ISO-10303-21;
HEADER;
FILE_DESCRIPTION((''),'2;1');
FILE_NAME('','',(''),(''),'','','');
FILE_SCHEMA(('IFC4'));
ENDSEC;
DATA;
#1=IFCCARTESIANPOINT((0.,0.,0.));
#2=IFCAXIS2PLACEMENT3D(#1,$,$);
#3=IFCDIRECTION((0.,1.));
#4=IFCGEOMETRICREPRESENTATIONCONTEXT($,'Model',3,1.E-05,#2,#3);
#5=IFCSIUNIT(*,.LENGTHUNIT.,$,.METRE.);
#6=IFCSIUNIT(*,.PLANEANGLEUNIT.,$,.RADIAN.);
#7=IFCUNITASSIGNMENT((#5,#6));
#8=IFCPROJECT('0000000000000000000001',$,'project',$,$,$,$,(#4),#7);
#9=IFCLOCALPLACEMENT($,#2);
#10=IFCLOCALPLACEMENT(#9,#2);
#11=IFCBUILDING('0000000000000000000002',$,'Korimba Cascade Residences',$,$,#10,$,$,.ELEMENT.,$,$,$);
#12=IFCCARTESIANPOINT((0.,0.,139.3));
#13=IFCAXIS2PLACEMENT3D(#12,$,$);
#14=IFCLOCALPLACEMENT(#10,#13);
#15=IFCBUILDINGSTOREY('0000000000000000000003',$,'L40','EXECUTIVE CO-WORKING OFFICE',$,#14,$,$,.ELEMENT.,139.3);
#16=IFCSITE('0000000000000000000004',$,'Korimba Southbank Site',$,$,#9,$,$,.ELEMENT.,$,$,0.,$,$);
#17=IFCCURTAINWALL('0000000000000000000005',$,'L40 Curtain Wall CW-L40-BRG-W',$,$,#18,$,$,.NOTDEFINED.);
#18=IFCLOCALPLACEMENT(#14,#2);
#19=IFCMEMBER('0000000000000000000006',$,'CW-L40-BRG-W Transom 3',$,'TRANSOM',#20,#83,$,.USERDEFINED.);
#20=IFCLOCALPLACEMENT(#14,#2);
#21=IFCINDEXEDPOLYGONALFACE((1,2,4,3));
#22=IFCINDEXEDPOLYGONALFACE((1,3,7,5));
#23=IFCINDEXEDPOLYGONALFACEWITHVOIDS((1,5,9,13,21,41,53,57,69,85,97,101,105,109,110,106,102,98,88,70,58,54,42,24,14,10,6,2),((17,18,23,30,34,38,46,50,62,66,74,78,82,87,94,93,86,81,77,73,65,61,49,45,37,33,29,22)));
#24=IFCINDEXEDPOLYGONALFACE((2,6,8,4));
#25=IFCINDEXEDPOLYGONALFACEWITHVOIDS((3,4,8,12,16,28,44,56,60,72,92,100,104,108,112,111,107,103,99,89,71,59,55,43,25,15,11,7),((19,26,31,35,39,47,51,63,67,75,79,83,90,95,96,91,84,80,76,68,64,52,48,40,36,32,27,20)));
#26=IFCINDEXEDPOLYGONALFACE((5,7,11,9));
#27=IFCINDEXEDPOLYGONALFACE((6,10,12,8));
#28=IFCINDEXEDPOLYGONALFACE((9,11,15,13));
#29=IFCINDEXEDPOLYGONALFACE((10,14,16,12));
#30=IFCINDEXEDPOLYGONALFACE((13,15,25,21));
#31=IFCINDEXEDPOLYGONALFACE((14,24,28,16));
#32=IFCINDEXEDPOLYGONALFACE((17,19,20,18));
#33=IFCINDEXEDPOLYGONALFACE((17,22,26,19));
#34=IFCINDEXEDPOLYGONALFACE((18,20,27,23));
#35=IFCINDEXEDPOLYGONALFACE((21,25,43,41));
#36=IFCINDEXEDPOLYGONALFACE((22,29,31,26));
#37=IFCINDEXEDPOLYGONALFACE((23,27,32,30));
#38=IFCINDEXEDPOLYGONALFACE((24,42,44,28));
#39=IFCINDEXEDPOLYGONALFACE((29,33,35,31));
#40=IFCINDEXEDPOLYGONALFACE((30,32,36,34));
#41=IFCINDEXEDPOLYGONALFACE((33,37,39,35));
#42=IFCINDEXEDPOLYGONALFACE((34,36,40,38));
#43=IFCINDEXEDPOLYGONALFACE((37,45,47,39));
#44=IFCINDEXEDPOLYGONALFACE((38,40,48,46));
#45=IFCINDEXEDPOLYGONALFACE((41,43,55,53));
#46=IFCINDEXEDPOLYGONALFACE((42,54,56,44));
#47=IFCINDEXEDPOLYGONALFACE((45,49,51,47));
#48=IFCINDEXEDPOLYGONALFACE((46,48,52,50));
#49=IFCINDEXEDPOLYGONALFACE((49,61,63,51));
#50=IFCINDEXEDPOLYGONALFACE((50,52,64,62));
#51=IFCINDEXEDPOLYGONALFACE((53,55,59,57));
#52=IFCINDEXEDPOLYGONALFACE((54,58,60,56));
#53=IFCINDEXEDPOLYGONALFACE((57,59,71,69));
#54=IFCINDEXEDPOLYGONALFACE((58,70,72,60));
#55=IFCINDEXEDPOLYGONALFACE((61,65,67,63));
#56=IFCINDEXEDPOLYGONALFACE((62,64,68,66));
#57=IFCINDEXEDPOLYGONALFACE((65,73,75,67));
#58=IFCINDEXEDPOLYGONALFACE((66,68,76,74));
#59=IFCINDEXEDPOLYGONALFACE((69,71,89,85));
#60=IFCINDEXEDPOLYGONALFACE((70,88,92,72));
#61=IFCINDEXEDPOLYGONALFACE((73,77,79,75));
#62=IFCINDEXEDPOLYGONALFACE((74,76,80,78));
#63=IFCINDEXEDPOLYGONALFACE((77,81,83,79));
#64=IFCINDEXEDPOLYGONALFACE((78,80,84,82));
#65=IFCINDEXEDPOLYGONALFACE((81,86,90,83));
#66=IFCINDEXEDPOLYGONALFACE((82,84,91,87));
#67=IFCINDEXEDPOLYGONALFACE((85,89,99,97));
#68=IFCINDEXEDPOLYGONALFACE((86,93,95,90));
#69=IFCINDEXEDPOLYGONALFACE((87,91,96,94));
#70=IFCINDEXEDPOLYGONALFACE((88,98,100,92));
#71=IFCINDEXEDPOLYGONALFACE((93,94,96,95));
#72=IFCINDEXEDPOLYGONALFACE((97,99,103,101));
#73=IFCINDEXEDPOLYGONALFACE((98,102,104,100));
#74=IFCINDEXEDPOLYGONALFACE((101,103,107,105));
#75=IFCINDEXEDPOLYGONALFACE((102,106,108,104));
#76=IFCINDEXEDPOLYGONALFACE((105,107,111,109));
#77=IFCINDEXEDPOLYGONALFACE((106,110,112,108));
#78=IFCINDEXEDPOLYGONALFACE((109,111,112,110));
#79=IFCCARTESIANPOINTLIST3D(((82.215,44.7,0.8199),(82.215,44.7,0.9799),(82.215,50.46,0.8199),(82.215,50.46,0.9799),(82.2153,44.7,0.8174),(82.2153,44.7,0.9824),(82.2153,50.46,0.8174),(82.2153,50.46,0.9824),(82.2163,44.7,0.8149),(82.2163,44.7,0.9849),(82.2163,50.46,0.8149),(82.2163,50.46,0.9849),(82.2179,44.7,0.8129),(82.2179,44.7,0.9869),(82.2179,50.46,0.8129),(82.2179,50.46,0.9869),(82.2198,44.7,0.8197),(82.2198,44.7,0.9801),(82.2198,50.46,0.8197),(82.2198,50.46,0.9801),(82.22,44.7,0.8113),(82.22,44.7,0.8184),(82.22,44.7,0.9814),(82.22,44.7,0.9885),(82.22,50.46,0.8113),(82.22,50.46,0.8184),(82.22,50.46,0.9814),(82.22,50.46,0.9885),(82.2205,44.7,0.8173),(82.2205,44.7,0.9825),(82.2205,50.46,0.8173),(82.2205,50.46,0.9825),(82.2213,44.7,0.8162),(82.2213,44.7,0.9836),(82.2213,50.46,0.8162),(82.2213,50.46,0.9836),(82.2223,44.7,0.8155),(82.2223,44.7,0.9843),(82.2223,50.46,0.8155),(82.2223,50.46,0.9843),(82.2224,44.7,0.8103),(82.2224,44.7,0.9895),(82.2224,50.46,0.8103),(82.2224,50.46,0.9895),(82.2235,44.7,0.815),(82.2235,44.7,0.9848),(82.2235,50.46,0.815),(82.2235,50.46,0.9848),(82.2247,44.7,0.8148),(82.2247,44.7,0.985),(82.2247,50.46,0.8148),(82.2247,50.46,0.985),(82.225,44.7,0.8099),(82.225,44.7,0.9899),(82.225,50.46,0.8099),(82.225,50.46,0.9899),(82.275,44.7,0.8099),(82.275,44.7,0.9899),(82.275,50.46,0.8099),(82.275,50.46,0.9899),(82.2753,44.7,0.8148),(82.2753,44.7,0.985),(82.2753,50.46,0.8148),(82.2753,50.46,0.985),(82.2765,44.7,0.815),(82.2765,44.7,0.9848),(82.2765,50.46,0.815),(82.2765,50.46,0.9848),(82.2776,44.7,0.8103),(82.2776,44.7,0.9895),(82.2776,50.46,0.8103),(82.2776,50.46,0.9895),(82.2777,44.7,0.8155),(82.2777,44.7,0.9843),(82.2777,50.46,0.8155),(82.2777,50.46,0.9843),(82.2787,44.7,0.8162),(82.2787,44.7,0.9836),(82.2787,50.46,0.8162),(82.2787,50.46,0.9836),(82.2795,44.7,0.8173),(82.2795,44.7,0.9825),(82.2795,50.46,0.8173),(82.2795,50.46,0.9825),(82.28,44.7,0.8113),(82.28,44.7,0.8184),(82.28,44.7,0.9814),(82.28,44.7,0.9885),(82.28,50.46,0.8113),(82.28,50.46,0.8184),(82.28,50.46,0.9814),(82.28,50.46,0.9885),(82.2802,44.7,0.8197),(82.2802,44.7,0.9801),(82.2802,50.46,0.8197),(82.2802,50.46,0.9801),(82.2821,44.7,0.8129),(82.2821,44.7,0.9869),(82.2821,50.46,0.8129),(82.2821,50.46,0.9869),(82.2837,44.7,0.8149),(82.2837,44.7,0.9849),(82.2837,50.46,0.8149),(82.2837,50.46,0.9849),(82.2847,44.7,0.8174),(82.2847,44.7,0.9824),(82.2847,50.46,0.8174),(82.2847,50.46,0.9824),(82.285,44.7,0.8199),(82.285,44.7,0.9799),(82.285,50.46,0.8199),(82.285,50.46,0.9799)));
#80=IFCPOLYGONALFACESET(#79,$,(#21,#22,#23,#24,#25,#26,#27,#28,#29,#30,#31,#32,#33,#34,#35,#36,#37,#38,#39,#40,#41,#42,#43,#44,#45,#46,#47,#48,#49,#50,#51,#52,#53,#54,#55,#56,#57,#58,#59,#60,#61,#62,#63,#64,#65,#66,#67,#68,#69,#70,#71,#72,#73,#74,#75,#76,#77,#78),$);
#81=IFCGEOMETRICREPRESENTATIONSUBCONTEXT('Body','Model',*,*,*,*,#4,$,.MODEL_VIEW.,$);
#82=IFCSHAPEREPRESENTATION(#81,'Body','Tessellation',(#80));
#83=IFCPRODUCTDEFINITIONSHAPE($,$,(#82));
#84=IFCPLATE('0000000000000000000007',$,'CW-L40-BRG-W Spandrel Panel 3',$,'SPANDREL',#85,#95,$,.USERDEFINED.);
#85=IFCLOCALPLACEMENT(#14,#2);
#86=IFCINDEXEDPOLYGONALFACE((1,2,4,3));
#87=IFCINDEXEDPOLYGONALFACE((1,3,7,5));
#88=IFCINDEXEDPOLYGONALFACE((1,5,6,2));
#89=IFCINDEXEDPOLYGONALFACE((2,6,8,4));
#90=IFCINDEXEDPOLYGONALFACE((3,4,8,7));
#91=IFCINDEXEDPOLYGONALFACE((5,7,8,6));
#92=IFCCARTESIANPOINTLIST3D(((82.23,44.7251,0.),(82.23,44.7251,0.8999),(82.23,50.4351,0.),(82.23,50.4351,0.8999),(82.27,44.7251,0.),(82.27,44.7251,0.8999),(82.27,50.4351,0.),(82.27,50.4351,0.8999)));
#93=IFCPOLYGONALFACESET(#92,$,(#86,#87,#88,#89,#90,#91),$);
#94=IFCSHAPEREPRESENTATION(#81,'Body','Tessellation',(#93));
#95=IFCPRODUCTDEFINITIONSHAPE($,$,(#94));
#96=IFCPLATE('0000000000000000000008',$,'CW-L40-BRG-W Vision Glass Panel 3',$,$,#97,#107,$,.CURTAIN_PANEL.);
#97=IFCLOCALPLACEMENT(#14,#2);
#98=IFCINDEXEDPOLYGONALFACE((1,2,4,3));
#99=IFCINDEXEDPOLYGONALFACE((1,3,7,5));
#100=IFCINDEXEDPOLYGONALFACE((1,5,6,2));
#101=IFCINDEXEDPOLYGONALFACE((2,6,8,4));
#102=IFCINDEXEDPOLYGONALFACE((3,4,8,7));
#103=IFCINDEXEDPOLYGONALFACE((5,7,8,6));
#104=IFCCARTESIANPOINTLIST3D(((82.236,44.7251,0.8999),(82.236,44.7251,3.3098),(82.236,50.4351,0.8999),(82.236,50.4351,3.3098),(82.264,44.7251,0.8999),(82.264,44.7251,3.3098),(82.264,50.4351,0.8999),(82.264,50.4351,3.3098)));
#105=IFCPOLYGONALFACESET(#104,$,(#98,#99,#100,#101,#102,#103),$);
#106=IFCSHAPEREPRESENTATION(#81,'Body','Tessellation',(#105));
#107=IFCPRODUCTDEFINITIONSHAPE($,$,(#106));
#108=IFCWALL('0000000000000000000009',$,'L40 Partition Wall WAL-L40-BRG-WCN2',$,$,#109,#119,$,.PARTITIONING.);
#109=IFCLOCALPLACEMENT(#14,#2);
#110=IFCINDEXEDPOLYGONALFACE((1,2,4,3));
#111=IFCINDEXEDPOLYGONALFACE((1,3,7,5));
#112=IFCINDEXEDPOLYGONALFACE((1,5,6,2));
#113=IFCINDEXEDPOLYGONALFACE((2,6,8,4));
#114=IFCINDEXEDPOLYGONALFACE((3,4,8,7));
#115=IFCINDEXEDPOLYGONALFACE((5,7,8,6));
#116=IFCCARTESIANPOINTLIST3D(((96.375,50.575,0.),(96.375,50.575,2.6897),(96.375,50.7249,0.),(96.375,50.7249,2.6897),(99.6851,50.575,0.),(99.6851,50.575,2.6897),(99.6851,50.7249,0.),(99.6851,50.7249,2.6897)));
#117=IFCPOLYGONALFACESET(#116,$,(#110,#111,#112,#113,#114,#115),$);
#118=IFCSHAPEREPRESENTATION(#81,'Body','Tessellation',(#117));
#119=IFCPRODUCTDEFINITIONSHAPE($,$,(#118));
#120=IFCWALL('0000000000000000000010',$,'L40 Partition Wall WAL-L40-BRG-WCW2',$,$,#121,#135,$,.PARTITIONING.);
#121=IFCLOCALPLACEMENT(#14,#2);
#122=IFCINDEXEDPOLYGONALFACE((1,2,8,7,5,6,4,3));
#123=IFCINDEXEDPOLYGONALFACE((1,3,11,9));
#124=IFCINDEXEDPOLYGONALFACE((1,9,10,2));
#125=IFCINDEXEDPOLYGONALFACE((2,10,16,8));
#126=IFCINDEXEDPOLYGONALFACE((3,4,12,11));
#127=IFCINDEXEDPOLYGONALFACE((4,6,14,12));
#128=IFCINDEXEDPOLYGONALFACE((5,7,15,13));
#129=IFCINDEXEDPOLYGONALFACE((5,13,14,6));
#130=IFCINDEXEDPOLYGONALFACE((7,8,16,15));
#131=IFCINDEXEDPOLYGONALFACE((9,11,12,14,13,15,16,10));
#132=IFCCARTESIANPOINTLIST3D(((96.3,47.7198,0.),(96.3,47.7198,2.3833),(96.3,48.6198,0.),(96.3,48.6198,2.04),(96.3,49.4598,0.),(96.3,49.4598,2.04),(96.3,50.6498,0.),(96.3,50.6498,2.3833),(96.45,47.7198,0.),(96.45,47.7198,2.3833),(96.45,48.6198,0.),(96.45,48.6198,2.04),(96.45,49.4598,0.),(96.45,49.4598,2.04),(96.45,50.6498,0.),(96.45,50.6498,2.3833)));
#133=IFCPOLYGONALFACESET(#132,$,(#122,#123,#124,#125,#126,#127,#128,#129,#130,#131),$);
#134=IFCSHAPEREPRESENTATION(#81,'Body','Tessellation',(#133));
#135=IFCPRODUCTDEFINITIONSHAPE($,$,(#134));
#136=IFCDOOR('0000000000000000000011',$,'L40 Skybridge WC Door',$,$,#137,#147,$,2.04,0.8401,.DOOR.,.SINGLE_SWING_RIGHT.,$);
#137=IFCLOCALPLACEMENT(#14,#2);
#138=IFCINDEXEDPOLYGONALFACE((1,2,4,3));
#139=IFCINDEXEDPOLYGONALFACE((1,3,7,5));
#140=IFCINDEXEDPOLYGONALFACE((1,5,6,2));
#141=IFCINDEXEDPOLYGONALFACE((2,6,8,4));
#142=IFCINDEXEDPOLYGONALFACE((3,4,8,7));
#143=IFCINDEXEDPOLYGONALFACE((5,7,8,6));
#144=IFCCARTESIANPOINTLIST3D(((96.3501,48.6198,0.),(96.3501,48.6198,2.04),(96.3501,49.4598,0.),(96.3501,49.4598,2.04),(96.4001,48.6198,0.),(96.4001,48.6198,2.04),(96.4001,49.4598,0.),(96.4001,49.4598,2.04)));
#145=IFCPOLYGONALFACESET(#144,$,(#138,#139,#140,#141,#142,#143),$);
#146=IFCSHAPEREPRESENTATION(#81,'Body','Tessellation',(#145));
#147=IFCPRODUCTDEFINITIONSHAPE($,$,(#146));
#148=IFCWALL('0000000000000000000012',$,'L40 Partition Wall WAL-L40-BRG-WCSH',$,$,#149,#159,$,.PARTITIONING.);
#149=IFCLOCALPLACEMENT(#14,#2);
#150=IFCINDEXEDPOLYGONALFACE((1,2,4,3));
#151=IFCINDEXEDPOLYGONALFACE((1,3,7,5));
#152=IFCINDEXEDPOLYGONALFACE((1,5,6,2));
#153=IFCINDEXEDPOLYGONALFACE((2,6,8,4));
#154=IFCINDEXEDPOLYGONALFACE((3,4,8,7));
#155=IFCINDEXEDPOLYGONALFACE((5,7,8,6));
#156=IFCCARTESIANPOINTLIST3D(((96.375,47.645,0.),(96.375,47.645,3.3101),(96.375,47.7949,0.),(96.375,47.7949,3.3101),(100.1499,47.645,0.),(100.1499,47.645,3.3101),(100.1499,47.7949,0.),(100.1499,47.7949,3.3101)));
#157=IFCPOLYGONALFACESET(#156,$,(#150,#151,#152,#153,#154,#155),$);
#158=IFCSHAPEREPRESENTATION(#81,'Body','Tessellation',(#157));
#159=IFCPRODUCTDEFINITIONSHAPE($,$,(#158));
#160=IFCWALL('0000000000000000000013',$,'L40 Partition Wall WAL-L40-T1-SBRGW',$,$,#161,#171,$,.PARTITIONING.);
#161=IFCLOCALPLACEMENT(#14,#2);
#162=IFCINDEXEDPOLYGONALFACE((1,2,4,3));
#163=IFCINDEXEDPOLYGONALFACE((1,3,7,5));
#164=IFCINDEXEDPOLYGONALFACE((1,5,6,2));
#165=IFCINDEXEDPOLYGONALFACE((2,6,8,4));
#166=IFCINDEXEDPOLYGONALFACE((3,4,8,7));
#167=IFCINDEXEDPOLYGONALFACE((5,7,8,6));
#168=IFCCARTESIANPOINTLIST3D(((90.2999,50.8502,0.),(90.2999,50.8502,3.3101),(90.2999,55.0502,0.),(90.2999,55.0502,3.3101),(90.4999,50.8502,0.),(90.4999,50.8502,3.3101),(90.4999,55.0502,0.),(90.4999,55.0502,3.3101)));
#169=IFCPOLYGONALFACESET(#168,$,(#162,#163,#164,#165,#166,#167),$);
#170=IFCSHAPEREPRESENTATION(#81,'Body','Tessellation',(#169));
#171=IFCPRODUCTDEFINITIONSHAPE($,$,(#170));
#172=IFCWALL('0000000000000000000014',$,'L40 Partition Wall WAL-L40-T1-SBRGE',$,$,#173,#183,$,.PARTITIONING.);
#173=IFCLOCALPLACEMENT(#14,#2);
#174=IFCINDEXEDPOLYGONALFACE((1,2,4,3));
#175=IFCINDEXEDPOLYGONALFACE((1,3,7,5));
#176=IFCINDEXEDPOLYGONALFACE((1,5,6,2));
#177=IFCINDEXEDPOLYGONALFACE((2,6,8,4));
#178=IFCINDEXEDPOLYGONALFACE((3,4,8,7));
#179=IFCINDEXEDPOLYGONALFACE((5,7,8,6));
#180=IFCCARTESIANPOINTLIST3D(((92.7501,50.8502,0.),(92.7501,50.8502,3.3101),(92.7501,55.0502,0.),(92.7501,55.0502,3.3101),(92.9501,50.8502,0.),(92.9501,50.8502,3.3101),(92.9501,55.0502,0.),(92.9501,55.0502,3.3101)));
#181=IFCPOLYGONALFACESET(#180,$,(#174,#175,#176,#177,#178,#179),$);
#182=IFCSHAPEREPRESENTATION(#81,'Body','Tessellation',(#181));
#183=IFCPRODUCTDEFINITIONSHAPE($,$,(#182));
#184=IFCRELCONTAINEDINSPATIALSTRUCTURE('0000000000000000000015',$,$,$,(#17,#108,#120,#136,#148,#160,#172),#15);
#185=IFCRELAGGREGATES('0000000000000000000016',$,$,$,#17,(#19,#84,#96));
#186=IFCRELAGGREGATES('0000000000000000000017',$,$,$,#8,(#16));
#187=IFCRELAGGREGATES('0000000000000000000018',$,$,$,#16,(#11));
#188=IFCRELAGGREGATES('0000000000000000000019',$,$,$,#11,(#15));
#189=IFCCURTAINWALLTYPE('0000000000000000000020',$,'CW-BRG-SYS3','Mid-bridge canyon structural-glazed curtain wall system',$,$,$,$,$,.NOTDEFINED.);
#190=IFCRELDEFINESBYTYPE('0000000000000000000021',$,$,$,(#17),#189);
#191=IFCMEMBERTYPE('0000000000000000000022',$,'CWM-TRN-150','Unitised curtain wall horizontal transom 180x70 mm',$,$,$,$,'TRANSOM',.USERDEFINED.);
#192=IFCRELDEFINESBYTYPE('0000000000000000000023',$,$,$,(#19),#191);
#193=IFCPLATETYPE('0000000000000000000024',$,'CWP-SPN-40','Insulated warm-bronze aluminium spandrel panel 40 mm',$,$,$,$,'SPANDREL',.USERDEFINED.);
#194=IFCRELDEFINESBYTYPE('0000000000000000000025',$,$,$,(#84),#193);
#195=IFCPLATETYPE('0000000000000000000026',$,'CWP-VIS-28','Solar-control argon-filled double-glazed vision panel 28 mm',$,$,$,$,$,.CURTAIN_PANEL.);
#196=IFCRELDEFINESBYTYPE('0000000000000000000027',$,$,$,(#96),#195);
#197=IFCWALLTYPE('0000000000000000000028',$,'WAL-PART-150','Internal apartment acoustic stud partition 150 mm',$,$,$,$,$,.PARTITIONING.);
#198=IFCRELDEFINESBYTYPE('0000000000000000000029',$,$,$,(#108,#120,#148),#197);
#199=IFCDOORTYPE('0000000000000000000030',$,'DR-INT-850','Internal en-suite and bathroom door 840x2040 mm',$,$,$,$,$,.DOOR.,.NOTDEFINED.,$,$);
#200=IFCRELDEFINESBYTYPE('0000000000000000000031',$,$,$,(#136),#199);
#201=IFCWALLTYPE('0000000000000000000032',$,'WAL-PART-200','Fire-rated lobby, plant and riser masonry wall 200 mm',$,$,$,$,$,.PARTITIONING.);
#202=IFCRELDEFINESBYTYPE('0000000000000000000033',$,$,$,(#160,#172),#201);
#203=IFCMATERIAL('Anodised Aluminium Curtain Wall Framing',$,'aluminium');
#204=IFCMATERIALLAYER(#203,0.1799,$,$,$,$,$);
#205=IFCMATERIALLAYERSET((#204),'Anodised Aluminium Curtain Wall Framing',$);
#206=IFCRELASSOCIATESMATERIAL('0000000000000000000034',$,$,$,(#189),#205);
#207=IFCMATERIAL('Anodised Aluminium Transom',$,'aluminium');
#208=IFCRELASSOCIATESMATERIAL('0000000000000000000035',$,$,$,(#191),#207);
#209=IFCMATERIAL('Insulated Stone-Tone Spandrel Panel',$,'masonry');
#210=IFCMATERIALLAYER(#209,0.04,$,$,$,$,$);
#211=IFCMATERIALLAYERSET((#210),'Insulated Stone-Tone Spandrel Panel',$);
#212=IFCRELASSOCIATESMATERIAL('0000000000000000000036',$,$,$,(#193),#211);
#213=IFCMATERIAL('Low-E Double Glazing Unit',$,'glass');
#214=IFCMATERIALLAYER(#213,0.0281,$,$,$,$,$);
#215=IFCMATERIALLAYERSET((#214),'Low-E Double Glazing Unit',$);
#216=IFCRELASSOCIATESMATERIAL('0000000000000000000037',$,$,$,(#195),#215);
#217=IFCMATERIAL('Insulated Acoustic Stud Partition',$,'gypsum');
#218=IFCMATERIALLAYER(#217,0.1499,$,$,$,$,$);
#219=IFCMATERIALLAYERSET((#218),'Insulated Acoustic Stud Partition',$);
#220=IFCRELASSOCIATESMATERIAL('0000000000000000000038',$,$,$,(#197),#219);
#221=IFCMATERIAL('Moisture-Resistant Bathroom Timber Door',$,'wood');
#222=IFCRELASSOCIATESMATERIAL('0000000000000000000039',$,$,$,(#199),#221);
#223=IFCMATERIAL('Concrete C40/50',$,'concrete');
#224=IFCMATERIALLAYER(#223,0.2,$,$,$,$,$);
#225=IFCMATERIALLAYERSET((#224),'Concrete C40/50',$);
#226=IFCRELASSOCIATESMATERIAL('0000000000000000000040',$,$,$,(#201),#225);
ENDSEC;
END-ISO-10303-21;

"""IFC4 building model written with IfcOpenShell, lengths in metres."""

from ifc_helpers import new_model, si_unit, direction, frame, frame_2d, origin, origin_2d, place, context, subcontext, project, spatial, rectangle, hollow_rectangle, extrude, material, layer, layer_set, material_profile, profile_set, type_object, element, fill, aggregate, save


model = new_model("IFC4")

# Units and contexts
model_context = context("Model", 3, precision=1e-05, world=origin(), true_north=direction((0.0, 1.0)))
body_context = subcontext(model_context, "Body", "Model", "MODEL_VIEW")
ifc_project = project(units=[si_unit("LENGTHUNIT", "METRE"), si_unit("PLANEANGLEUNIT", "RADIAN")], contexts=[model_context])

# Site, building, storey
site_placement = place(None, origin())
site = spatial("IfcSite", under=ifc_project, at=site_placement, Name="Korimba Southbank Site", CompositionType="ELEMENT", RefElevation=0.0)
building_placement = place(site_placement, origin())
building = spatial("IfcBuilding", under=site, at=building_placement, Name="Korimba Cascade Residences", CompositionType="ELEMENT")
storey_placement = place(building_placement, frame((0.0, 0.0, 139.3)))
storey = spatial("IfcBuildingStorey", under=building, at=storey_placement, Name="L40", Description="EXECUTIVE CO-WORKING OFFICE", CompositionType="ELEMENT", Elevation=139.3)

# Curtain wall, member, plates
ifc_material_1 = material(Name="Anodised Aluminium Curtain Wall Framing", Category="aluminium")
ifc_layer_1 = layer(ifc_material_1, 0.1799)
ifc_layer_set_1 = layer_set([ifc_layer_1], Name="Anodised Aluminium Curtain Wall Framing")
curtain_wall_type = type_object("IfcCurtainWallType", Name="CW-BRG-SYS3", Description="Mid-bridge canyon structural-glazed curtain wall system", PredefinedType="NOTDEFINED", material=ifc_layer_set_1)
curtain_wall_placement = place(storey_placement, origin())
curtain_wall = element("IfcCurtainWall", 1, at=curtain_wall_placement, inside=storey, type_object=curtain_wall_type, Name="L40 Curtain Wall CW-L40-BRG-W", PredefinedType="NOTDEFINED")
ifc_material_2 = material(Name="Anodised Aluminium Transom", Category="aluminium")
ifc_material_profile_1 = material_profile(ifc_material_2, hollow_rectangle(XDim=0.0701, YDim=0.1799, WallThickness=0.0049, InnerFilletRadius=0.0049, OuterFilletRadius=0.01, at=origin_2d()), Name="Anodised Aluminium Transom")
ifc_profile_set_1 = profile_set([ifc_material_profile_1], Name="Anodised Aluminium Transom")
member_type_1 = type_object("IfcMemberType", Name="CWM-TRN-150", Description="Unitised curtain wall horizontal transom 180x70 mm", ElementType="TRANSOM", PredefinedType="USERDEFINED", material=ifc_profile_set_1)
member_1_placement = place(storey_placement, frame((82.25, 44.7, 0.8999), z_axis=(0.0, 1.0, 0.0), x_axis=(-1.0, 0.0, 0.0)))
member_1 = element("IfcMember", 2, at=member_1_placement, type_object=member_type_1, Name="CW-L40-BRG-W Transom 3", ObjectType="TRANSOM", PredefinedType="USERDEFINED", context=body_context, shape_type="SweptSolid", body=[
    extrude(hollow_rectangle(XDim=0.0701, YDim=0.1799, WallThickness=0.0049, InnerFilletRadius=0.0049, OuterFilletRadius=0.01, at=origin_2d()), origin(), (0.0, 0.0, 1.0), 5.76),
])
ifc_material_3 = material(Name="Insulated Stone-Tone Spandrel Panel", Category="masonry")
ifc_layer_2 = layer(ifc_material_3, 0.04)
ifc_layer_set_2 = layer_set([ifc_layer_2], Name="Insulated Stone-Tone Spandrel Panel")
plate_type_1 = type_object("IfcPlateType", Name="CWP-SPN-40", Description="Insulated warm-bronze aluminium spandrel panel 40 mm", ElementType="SPANDREL", PredefinedType="USERDEFINED", material=ifc_layer_set_2)
plate_1_placement = place(storey_placement, frame((82.25, 47.5801, 0.0), z_axis=(0.0, 0.0, 1.0), x_axis=(0.0, 1.0, 0.0)))
plate_1 = element("IfcPlate", 3, at=plate_1_placement, type_object=plate_type_1, Name="CW-L40-BRG-W Spandrel Panel 3", ObjectType="SPANDREL", PredefinedType="USERDEFINED", context=body_context, shape_type="SweptSolid", body=[
    extrude(rectangle(XDim=5.71, YDim=0.04, at=origin_2d()), origin(), (0.0, 0.0, 1.0), 0.8999),
])
ifc_material_4 = material(Name="Low-E Double Glazing Unit", Category="glass")
ifc_layer_3 = layer(ifc_material_4, 0.0281)
ifc_layer_set_3 = layer_set([ifc_layer_3], Name="Low-E Double Glazing Unit")
plate_type_2 = type_object("IfcPlateType", Name="CWP-VIS-28", Description="Solar-control argon-filled double-glazed vision panel 28 mm", PredefinedType="CURTAIN_PANEL", material=ifc_layer_set_3)
plate_2_placement = place(storey_placement, frame((82.25, 47.5801, 0.8999), z_axis=(0.0, 0.0, 1.0), x_axis=(0.0, 1.0, 0.0)))
plate_2 = element("IfcPlate", 4, at=plate_2_placement, type_object=plate_type_2, Name="CW-L40-BRG-W Vision Glass Panel 3", PredefinedType="CURTAIN_PANEL", context=body_context, shape_type="SweptSolid", body=[
    extrude(rectangle(XDim=5.71, YDim=0.0281, at=origin_2d()), origin(), (0.0, 0.0, 1.0), 2.4099),
])
aggregate(curtain_wall, [member_1, plate_1, plate_2])

# Wall
ifc_material_5 = material(Name="Insulated Acoustic Stud Partition", Category="gypsum")
ifc_layer_4 = layer(ifc_material_5, 0.1499)
ifc_layer_set_4 = layer_set([ifc_layer_4], Name="Insulated Acoustic Stud Partition")
wall_type_1 = type_object("IfcWallType", Name="WAL-PART-150", Description="Internal apartment acoustic stud partition 150 mm", PredefinedType="PARTITIONING", material=ifc_layer_set_4)
wall_1_placement = place(storey_placement, frame((96.375, 50.6499, 0.0), z_axis=(0.0, 0.0, 1.0), x_axis=(1.0, 0.0, 0.0)))
element("IfcWall", 5, at=wall_1_placement, inside=storey, type_object=wall_type_1, Name="L40 Partition Wall WAL-L40-BRG-WCN2", PredefinedType="PARTITIONING", context=body_context, shape_type="SweptSolid", body=[
    extrude(rectangle(XDim=3.3101, YDim=0.1499, at=frame_2d((1.655, 0.0))), origin(), (0.0, 0.0, 1.0), 2.6897),
])

# Wall, opening, door
wall_2_placement = place(storey_placement, frame((96.375, 47.72, 0.0), z_axis=(0.0, 0.0, 1.0), x_axis=(0.0, 1.0, 0.0)))
wall_2 = element("IfcWall", 6, at=wall_2_placement, inside=storey, type_object=wall_type_1, Name="L40 Partition Wall WAL-L40-BRG-WCW2", PredefinedType="PARTITIONING", context=body_context, shape_type="SweptSolid", body=[
    extrude(rectangle(XDim=2.9299, YDim=0.1499, at=frame_2d((1.4648, 0.0))), origin(), (0.0, 0.0, 1.0), 2.3833),
])
opening_placement = place(wall_2_placement, frame((0.8999, 0.0, 0.0)))
opening = element("IfcOpeningElement", 7, at=opening_placement, cuts=wall_2, PredefinedType="OPENING", context=body_context, shape_type="SweptSolid", body=[
    extrude(rectangle(XDim=0.8401, YDim=2.04, at=frame_2d((0.4199, 1.02))), frame((0.0, 0.085, 0.0), z_axis=(0.0, -1.0, 0.0), x_axis=(1.0, 0.0, 0.0)), (0.0, 0.0, 1.0), 0.1699),
])
ifc_material_6 = material(Name="Moisture-Resistant Bathroom Timber Door", Category="wood")
door_type = type_object("IfcDoorType", Name="DR-INT-850", Description="Internal en-suite and bathroom door 840x2040 mm", OperationType="NOTDEFINED", PredefinedType="DOOR", material=ifc_material_6)
door_placement = place(opening_placement, origin())
door = element("IfcDoor", 8, at=door_placement, inside=storey, type_object=door_type, Name="L40 Skybridge WC Door", OperationType="SINGLE_SWING_RIGHT", OverallHeight=2.04, OverallWidth=0.8401, PredefinedType="DOOR", context=body_context, shape_type="SweptSolid", body=[
    extrude(rectangle(XDim=0.8401, YDim=2.04, at=frame_2d((0.4199, 1.02))), frame((0.0, 0.0249, 0.0), z_axis=(0.0, -1.0, 0.0), x_axis=(1.0, 0.0, 0.0)), (0.0, 0.0, 1.0), 0.05),
])
fill(opening, door)

# Walls
wall_3_placement = place(storey_placement, frame((96.375, 47.72, 0.0), z_axis=(0.0, 0.0, 1.0), x_axis=(1.0, 0.0, 0.0)))
element("IfcWall", 9, at=wall_3_placement, inside=storey, type_object=wall_type_1, Name="L40 Partition Wall WAL-L40-BRG-WCSH", PredefinedType="PARTITIONING", context=body_context, shape_type="SweptSolid", body=[
    extrude(rectangle(XDim=3.7749, YDim=0.1499, at=frame_2d((1.8875, 0.0))), origin(), (0.0, 0.0, 1.0), 3.3101),
])
ifc_material_7 = material(Name="Concrete C40/50", Category="concrete")
ifc_layer_5 = layer(ifc_material_7, 0.2)
ifc_layer_set_5 = layer_set([ifc_layer_5], Name="Concrete C40/50")
wall_type_2 = type_object("IfcWallType", Name="WAL-PART-200", Description="Fire-rated lobby, plant and riser masonry wall 200 mm", PredefinedType="PARTITIONING", material=ifc_layer_set_5)
for number, where, z_axis, x_axis, name in (
    (10, (90.3999, 50.8501, 0.0), (0.0, 0.0, 1.0), (0.0, 1.0, 0.0), "L40 Partition Wall WAL-L40-T1-SBRGW"),
    (11, (92.8501, 50.8501, 0.0), (0.0, 0.0, 1.0), (0.0, 1.0, 0.0), "L40 Partition Wall WAL-L40-T1-SBRGE"),
):
    element("IfcWall", number, at=place(storey_placement, frame(where, z_axis=z_axis, x_axis=x_axis)), inside=storey, type_object=wall_type_2, Name=name, PredefinedType="PARTITIONING", context=body_context, shape_type="SweptSolid", body=[
        extrude(rectangle(XDim=4.2, YDim=0.2, at=frame_2d((2.1001, 0.0))), origin(), (0.0, 0.0, 1.0), 3.3101),
    ])

save(model, "model.ifc")
